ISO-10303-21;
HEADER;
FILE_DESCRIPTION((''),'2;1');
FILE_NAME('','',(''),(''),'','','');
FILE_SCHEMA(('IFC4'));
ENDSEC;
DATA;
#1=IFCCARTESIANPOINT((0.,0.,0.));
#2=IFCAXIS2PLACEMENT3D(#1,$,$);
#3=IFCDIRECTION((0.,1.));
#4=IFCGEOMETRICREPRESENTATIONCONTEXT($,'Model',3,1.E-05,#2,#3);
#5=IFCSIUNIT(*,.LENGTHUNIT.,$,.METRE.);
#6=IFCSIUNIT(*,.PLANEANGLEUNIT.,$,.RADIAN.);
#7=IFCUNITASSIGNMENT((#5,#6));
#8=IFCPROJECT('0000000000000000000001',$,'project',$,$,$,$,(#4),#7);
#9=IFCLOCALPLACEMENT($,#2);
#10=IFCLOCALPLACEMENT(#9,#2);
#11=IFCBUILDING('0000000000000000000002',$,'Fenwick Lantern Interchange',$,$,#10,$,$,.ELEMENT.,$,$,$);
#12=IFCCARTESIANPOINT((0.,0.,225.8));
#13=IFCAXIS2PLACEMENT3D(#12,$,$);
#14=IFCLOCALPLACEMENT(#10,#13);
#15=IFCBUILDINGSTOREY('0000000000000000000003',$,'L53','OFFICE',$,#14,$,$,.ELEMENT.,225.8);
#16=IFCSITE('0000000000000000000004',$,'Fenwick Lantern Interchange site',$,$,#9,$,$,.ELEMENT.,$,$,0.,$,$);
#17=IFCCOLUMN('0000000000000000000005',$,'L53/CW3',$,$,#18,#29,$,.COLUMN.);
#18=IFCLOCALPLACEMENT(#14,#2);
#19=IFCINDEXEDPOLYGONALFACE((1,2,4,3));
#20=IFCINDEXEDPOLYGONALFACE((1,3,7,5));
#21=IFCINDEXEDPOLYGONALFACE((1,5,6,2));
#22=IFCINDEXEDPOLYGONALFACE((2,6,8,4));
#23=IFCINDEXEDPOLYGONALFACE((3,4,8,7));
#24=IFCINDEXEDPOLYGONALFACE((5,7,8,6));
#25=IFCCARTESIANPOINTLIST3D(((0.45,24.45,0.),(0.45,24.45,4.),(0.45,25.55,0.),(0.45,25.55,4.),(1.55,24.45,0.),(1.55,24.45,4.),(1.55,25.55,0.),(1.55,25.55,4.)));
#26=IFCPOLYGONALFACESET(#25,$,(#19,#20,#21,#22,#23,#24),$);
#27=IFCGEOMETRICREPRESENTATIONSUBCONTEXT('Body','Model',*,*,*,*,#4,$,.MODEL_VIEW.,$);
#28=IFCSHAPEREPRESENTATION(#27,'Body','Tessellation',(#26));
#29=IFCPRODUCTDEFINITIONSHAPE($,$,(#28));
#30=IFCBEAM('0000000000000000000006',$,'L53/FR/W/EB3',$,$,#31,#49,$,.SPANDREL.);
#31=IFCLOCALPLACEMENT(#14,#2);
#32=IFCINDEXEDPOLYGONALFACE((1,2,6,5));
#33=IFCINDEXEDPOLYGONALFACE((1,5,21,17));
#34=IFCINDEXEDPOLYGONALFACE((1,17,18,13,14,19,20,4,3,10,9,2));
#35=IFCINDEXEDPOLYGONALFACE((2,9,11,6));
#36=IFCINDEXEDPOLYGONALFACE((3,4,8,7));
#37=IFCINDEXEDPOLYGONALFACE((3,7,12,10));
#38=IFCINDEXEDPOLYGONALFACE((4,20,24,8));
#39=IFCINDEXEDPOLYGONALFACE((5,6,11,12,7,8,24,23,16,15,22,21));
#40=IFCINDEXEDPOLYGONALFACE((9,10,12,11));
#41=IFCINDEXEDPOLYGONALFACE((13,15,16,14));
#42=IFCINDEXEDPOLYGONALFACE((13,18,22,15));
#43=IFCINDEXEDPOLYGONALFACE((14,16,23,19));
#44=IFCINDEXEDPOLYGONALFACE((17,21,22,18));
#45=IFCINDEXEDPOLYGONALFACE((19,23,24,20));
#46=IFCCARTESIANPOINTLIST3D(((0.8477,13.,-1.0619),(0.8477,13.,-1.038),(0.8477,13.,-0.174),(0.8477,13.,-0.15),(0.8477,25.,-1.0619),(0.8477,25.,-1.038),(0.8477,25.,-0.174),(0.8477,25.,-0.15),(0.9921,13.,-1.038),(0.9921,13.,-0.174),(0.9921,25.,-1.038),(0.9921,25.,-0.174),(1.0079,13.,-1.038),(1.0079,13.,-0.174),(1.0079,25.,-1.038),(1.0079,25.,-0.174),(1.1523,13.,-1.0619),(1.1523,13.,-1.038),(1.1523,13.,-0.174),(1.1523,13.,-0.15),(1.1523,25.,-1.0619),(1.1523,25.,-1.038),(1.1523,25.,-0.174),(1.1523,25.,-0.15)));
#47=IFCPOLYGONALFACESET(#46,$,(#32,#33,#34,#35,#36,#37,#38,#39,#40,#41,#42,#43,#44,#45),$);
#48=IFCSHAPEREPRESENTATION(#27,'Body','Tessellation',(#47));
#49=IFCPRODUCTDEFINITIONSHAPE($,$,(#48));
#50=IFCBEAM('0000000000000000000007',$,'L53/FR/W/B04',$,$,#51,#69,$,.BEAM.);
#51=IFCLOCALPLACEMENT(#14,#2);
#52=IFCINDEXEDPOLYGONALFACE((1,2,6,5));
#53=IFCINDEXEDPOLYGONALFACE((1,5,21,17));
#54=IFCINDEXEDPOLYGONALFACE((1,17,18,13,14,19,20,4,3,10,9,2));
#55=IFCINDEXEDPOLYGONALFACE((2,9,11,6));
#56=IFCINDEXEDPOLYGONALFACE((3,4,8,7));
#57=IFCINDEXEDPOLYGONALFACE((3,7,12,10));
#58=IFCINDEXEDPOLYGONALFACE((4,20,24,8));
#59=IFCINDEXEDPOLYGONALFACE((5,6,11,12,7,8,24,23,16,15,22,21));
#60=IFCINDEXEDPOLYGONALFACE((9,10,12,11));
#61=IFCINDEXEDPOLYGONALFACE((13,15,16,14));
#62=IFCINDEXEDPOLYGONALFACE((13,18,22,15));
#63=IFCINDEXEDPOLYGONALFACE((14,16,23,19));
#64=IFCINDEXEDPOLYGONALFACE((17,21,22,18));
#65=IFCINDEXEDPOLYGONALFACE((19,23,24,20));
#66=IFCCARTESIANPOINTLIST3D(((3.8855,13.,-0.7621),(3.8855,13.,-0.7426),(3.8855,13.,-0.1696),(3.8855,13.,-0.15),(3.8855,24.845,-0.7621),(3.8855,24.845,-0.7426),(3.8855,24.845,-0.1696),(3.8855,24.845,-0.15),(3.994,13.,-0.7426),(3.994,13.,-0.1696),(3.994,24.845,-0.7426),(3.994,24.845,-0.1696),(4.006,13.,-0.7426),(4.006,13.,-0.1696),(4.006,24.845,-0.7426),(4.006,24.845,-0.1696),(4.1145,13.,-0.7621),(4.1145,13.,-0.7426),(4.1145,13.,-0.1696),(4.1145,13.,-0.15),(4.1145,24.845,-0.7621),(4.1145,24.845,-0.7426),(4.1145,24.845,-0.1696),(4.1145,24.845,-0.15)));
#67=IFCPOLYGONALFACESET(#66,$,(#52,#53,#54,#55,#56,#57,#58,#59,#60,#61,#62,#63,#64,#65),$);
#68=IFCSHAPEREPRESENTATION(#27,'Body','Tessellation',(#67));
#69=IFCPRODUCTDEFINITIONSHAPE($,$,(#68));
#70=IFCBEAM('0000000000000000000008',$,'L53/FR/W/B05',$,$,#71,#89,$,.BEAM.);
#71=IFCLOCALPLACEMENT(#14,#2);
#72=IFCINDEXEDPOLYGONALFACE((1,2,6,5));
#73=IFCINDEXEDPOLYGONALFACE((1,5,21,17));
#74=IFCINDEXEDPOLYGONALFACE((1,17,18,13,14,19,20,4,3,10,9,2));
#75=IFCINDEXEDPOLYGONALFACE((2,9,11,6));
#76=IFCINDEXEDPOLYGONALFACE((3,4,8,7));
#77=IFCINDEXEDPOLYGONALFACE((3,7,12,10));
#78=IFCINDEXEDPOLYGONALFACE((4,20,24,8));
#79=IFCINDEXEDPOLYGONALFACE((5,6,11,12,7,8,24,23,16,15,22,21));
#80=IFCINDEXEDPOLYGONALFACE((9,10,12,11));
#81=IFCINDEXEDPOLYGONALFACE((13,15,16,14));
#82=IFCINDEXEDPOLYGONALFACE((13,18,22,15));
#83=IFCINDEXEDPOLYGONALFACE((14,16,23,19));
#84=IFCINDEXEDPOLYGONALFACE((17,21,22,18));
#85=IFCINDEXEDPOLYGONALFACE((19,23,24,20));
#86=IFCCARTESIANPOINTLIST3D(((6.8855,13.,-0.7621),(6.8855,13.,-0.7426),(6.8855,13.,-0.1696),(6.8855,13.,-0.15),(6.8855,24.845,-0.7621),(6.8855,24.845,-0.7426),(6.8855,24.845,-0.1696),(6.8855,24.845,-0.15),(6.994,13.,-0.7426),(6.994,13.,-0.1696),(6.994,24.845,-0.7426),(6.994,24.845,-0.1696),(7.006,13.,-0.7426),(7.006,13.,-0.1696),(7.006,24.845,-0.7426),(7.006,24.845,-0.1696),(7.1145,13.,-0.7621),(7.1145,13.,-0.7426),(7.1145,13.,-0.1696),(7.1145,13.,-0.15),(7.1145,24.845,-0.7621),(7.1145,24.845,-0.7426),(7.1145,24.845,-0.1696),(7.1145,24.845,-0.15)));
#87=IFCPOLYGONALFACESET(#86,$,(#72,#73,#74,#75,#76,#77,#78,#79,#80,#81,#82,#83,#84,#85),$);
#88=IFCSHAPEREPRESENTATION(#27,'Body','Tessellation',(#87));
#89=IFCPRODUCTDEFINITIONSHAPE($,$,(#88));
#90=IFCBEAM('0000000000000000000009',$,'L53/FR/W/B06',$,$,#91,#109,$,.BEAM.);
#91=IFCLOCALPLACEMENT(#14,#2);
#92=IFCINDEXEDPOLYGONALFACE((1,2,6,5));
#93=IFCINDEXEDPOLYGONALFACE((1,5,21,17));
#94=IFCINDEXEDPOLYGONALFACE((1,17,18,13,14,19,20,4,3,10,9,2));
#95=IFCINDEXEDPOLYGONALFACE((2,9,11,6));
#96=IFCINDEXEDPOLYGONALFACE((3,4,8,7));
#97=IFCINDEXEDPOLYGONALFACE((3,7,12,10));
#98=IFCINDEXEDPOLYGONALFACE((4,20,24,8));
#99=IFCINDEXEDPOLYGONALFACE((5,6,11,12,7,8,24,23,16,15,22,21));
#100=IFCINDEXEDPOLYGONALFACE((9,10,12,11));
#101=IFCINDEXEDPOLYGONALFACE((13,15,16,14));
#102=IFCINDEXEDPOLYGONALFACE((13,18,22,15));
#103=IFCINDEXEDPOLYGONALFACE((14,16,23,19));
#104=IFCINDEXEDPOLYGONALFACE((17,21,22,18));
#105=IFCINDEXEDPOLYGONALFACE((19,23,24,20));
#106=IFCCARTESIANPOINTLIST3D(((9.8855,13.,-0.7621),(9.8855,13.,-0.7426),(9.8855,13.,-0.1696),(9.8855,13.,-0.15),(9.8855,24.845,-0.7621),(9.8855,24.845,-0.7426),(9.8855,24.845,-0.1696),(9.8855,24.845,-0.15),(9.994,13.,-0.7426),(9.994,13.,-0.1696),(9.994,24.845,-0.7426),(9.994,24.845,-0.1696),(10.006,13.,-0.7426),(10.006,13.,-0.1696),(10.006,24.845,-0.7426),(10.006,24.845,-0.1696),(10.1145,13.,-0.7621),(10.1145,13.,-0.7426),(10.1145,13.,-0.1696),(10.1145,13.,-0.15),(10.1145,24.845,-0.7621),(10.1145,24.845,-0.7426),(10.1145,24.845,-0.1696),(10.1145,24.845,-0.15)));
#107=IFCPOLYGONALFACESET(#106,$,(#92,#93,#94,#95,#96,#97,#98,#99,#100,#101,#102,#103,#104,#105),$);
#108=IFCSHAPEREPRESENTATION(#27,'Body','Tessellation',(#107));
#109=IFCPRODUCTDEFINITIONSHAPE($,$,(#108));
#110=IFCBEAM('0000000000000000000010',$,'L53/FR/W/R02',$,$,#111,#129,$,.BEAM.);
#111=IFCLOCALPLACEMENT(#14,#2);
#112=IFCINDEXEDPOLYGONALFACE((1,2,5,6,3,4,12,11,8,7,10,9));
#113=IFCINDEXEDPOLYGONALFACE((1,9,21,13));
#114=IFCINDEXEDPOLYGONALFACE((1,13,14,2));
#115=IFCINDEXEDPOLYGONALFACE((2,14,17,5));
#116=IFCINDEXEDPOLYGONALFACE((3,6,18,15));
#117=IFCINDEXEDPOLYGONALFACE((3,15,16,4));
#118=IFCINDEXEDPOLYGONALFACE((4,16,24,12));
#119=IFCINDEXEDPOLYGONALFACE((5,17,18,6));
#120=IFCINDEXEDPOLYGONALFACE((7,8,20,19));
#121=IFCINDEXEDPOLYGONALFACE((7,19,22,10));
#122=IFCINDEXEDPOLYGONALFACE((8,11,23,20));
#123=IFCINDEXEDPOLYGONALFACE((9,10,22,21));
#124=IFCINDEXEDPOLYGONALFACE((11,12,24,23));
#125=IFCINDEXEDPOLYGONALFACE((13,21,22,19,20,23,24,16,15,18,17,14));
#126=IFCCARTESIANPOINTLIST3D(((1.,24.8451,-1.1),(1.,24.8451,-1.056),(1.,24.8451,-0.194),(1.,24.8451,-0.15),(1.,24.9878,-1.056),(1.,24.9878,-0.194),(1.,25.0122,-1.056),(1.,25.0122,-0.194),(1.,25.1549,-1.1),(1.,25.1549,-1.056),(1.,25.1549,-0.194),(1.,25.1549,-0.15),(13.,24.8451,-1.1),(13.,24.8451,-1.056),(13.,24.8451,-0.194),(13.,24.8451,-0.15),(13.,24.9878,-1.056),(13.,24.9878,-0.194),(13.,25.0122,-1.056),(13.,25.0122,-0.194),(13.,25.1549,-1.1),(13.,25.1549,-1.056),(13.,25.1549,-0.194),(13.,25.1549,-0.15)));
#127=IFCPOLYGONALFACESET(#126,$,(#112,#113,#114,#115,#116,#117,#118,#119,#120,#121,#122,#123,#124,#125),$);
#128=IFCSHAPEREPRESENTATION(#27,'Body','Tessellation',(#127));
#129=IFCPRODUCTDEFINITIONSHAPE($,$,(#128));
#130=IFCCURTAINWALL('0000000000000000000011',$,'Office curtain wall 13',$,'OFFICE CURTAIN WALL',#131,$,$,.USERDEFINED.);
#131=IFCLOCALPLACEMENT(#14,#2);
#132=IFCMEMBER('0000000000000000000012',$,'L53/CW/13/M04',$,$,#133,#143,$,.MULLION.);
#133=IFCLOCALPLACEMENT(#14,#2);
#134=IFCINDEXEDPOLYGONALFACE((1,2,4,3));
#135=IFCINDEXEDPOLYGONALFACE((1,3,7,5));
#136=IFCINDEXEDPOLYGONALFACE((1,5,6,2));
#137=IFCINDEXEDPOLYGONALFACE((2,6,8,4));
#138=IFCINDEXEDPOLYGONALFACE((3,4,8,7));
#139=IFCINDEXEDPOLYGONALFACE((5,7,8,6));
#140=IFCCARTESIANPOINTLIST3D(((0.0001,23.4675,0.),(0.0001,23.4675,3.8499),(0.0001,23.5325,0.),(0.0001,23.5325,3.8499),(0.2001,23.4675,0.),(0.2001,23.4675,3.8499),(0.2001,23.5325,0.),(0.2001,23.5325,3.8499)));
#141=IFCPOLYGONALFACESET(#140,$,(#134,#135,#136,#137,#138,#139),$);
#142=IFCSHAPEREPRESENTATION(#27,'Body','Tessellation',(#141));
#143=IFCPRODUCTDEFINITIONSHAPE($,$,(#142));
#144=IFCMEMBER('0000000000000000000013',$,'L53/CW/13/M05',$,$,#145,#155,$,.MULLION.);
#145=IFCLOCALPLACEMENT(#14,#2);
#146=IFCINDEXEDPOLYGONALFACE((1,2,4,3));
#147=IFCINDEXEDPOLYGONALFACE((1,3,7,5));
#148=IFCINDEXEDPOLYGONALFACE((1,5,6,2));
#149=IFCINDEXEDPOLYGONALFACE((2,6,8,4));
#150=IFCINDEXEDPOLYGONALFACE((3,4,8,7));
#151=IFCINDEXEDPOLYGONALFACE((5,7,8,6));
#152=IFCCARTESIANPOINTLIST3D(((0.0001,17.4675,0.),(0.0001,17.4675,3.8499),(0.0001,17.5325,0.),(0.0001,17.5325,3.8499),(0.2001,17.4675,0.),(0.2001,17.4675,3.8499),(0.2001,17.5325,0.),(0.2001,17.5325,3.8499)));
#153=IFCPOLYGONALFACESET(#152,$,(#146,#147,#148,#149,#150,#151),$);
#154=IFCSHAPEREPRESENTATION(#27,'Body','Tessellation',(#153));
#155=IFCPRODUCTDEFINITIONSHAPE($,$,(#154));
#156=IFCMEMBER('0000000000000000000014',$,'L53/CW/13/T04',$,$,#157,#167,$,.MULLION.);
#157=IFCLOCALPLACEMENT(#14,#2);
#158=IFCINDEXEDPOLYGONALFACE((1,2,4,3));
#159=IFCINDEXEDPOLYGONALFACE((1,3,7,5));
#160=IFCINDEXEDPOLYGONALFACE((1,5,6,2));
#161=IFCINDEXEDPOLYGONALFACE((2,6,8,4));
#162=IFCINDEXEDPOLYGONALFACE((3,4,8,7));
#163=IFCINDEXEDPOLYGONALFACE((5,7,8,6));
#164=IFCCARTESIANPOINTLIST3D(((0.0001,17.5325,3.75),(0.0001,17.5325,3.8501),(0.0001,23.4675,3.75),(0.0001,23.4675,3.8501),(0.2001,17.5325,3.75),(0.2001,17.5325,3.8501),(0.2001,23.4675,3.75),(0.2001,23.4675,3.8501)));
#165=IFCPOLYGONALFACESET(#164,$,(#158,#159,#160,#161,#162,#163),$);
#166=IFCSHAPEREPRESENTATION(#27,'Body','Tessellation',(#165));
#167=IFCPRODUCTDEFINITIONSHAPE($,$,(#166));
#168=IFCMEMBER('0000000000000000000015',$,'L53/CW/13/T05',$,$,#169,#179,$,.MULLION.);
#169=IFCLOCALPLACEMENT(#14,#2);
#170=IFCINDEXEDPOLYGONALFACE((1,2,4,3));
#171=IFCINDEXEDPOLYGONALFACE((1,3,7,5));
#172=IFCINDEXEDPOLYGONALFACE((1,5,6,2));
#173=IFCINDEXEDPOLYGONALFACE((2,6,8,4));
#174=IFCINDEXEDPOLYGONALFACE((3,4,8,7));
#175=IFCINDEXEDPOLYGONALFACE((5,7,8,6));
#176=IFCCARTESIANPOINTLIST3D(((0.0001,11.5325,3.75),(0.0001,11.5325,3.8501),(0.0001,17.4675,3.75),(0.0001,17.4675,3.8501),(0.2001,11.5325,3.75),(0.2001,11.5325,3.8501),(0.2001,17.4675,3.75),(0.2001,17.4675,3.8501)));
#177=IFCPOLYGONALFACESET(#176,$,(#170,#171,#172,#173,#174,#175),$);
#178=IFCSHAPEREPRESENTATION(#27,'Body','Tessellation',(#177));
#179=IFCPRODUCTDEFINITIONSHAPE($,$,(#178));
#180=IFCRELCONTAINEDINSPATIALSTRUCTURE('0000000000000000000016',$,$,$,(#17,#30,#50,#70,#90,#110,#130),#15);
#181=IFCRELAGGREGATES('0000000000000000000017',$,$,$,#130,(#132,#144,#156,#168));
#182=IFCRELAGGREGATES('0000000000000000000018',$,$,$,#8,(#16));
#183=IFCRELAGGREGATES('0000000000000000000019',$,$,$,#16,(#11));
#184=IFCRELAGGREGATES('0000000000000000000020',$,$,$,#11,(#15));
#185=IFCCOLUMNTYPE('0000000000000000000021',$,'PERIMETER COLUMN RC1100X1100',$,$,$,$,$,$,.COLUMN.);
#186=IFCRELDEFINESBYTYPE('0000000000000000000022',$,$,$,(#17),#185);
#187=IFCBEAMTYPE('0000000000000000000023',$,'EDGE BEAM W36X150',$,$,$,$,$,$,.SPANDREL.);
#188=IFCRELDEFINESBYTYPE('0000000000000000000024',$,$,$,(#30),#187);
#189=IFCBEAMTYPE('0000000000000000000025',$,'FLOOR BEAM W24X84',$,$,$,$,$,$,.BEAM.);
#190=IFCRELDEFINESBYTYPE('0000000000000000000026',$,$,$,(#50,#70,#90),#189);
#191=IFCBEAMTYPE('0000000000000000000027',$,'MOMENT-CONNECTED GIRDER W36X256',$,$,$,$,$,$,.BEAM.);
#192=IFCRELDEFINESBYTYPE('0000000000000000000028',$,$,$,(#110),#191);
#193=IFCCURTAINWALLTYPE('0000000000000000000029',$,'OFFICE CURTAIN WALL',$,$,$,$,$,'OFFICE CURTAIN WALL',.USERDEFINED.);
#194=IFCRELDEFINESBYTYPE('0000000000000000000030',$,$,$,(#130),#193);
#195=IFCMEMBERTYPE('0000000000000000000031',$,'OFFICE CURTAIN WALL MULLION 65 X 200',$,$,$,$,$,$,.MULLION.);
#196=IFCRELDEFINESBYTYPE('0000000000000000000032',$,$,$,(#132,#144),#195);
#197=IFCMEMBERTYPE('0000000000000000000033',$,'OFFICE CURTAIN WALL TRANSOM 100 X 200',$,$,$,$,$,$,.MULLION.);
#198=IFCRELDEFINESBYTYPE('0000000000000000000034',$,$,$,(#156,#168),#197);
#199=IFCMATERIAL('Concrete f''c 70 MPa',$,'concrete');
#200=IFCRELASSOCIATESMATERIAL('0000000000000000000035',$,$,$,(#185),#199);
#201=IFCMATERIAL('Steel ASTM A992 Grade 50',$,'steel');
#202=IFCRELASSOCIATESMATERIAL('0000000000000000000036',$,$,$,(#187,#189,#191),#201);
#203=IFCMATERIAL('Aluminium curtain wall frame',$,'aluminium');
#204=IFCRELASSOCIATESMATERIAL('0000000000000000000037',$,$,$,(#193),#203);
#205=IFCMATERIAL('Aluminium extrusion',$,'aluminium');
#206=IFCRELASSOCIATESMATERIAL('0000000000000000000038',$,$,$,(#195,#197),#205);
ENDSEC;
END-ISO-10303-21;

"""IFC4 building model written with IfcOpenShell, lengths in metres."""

from ifc_helpers import new_model, si_unit, direction, frame, origin, origin_2d, place, context, subcontext, project, spatial, rectangle, i_section, extrude, material, material_profile, profile_set, type_object, element, aggregate, save


model = new_model("IFC4")

# Units and contexts
model_context = context("Model", 3, precision=1e-05, world=origin(), true_north=direction((0.0, 1.0)))
body_context = subcontext(model_context, "Body", "Model", "MODEL_VIEW")
ifc_project = project(units=[si_unit("LENGTHUNIT", "METRE"), si_unit("PLANEANGLEUNIT", "RADIAN")], contexts=[model_context])

# Site, building, storey
site_placement = place(None, origin())
site = spatial("IfcSite", under=ifc_project, at=site_placement, Name="Fenwick Lantern Interchange site", CompositionType="ELEMENT", RefElevation=0.0)
building_placement = place(site_placement, origin())
building = spatial("IfcBuilding", under=site, at=building_placement, Name="Fenwick Lantern Interchange", CompositionType="ELEMENT")
storey_placement = place(building_placement, frame((0.0, 0.0, 225.8)))
storey = spatial("IfcBuildingStorey", under=building, at=storey_placement, Name="L53", Description="OFFICE", CompositionType="ELEMENT", Elevation=225.8)

# Column
ifc_material_1 = material(Name="Concrete f'c 70 MPa", Category="concrete")
ifc_material_profile_1 = material_profile(ifc_material_1, rectangle(XDim=1.1001, YDim=1.1001, at=origin_2d()), Name="RC1100X1100")
ifc_profile_set_1 = profile_set([ifc_material_profile_1], Name="Concrete f'c 70 MPa")
column_type = type_object("IfcColumnType", Name="PERIMETER COLUMN RC1100X1100", PredefinedType="COLUMN", material=ifc_profile_set_1)
column_placement = place(storey_placement, frame((1.0, 25.0, 0.0), z_axis=(0.0, 0.0, 1.0), x_axis=(1.0, 0.0, 0.0)))
element("IfcColumn", 1, at=column_placement, inside=storey, type_object=column_type, Name="L53/CW3", PredefinedType="COLUMN", context=body_context, shape_type="SweptSolid", body=[
    extrude(rectangle(XDim=1.1001, YDim=1.1001, at=origin_2d()), origin(), (0.0, 0.0, 1.0), 4.0),
])

# Beams
ifc_material_2 = material(Name="Steel ASTM A992 Grade 50", Category="steel")
ifc_material_profile_2 = material_profile(ifc_material_2, i_section(OverallWidth=0.3047, OverallDepth=0.9119, WebThickness=0.0159, FlangeThickness=0.0239, at=origin_2d()), Name="W36X150")
ifc_profile_set_2 = profile_set([ifc_material_profile_2], Name="Steel ASTM A992 Grade 50")
beam_type_1 = type_object("IfcBeamType", Name="EDGE BEAM W36X150", PredefinedType="SPANDREL", material=ifc_profile_set_2)
beam_1_placement = place(storey_placement, frame((1.0, 25.0, -0.606), z_axis=(0.0, -1.0, 0.0), x_axis=(1.0, 0.0, 0.0)))
element("IfcBeam", 2, at=beam_1_placement, inside=storey, type_object=beam_type_1, Name="L53/FR/W/EB3", PredefinedType="SPANDREL", context=body_context, shape_type="SweptSolid", body=[
    extrude(i_section(OverallWidth=0.3047, OverallDepth=0.9119, WebThickness=0.0159, FlangeThickness=0.0239, at=origin_2d()), origin(), (0.0, 0.0, 1.0), 12.0),
])
ifc_material_profile_3 = material_profile(ifc_material_2, i_section(OverallWidth=0.229, OverallDepth=0.6121, WebThickness=0.012, FlangeThickness=0.0195, at=origin_2d()), Name="W24X84")
ifc_profile_set_3 = profile_set([ifc_material_profile_3], Name="Steel ASTM A992 Grade 50")
beam_type_2 = type_object("IfcBeamType", Name="FLOOR BEAM W24X84", PredefinedType="BEAM", material=ifc_profile_set_3)
for number, where, z_axis, x_axis, name in (
    (3, (4.0, 24.845, -0.4561), (0.0, -1.0, 0.0), (1.0, 0.0, 0.0), "L53/FR/W/B04"),
    (4, (7.0, 24.845, -0.4561), (0.0, -1.0, 0.0), (1.0, 0.0, 0.0), "L53/FR/W/B05"),
    (5, (10.0, 24.845, -0.4561), (0.0, -1.0, 0.0), (1.0, 0.0, 0.0), "L53/FR/W/B06"),
):
    element("IfcBeam", number, at=place(storey_placement, frame(where, z_axis=z_axis, x_axis=x_axis)), inside=storey, type_object=beam_type_2, Name=name, PredefinedType="BEAM", context=body_context, shape_type="SweptSolid", body=[
        extrude(i_section(OverallWidth=0.229, OverallDepth=0.6121, WebThickness=0.012, FlangeThickness=0.0195, at=origin_2d()), origin(), (0.0, 0.0, 1.0), 11.845),
    ])
ifc_material_profile_4 = material_profile(ifc_material_2, i_section(OverallWidth=0.3098, OverallDepth=0.95, WebThickness=0.0244, FlangeThickness=0.0439, at=origin_2d()), Name="W36X256")
ifc_profile_set_4 = profile_set([ifc_material_profile_4], Name="Steel ASTM A992 Grade 50")
beam_type_3 = type_object("IfcBeamType", Name="MOMENT-CONNECTED GIRDER W36X256", PredefinedType="BEAM", material=ifc_profile_set_4)
beam_2_placement = place(storey_placement, frame((1.0, 25.0, -0.625), z_axis=(1.0, 0.0, 0.0), x_axis=(0.0, 1.0, 0.0)))
element("IfcBeam", 6, at=beam_2_placement, inside=storey, type_object=beam_type_3, Name="L53/FR/W/R02", PredefinedType="BEAM", context=body_context, shape_type="SweptSolid", body=[
    extrude(i_section(OverallWidth=0.3098, OverallDepth=0.95, WebThickness=0.0244, FlangeThickness=0.0439, at=origin_2d()), origin(), (0.0, 0.0, 1.0), 12.0),
])

# Curtain wall, members
ifc_material_3 = material(Name="Aluminium curtain wall frame", Category="aluminium")
curtain_wall_type = type_object("IfcCurtainWallType", Name="OFFICE CURTAIN WALL", ElementType="OFFICE CURTAIN WALL", PredefinedType="USERDEFINED", material=ifc_material_3)
curtain_wall_placement = place(storey_placement, origin())
curtain_wall = element("IfcCurtainWall", 7, at=curtain_wall_placement, inside=storey, type_object=curtain_wall_type, Name="Office curtain wall 13", ObjectType="OFFICE CURTAIN WALL", PredefinedType="USERDEFINED")
ifc_material_4 = material(Name="Aluminium extrusion", Category="aluminium")
ifc_material_profile_5 = material_profile(ifc_material_4, rectangle(XDim=0.2, YDim=0.0649, at=origin_2d()), Name="OFFICE CURTAIN WALL MULLION 65 X 200")
ifc_profile_set_5 = profile_set([ifc_material_profile_5], Name="Aluminium extrusion")
member_type_1 = type_object("IfcMemberType", Name="OFFICE CURTAIN WALL MULLION 65 X 200", PredefinedType="MULLION", material=ifc_profile_set_5)
member_1_placement = place(storey_placement, frame((0.1001, 23.5, 0.0), z_axis=(0.0, 0.0, 1.0), x_axis=(1.0, 0.0, 0.0)))
member_1 = element("IfcMember", 8, at=member_1_placement, type_object=member_type_1, Name="L53/CW/13/M04", PredefinedType="MULLION", context=body_context, shape_type="SweptSolid", body=[
    extrude(rectangle(XDim=0.2, YDim=0.0649, at=origin_2d()), origin(), (0.0, 0.0, 1.0), 3.8499),
])
member_2_placement = place(storey_placement, frame((0.1001, 17.5, 0.0), z_axis=(0.0, 0.0, 1.0), x_axis=(1.0, 0.0, 0.0)))
member_2 = element("IfcMember", 9, at=member_2_placement, type_object=member_type_1, Name="L53/CW/13/M05", PredefinedType="MULLION", context=body_context, shape_type="SweptSolid", body=[
    extrude(rectangle(XDim=0.2, YDim=0.0649, at=origin_2d()), origin(), (0.0, 0.0, 1.0), 3.8499),
])
ifc_material_profile_6 = material_profile(ifc_material_4, rectangle(XDim=0.2, YDim=0.1001, at=origin_2d()), Name="OFFICE CURTAIN WALL TRANSOM 100 X 200")
ifc_profile_set_6 = profile_set([ifc_material_profile_6], Name="Aluminium extrusion")
member_type_2 = type_object("IfcMemberType", Name="OFFICE CURTAIN WALL TRANSOM 100 X 200", PredefinedType="MULLION", material=ifc_profile_set_6)
member_3_placement = place(storey_placement, frame((0.1001, 23.4675, 3.8), z_axis=(0.0, -1.0, 0.0), x_axis=(1.0, 0.0, 0.0)))
member_3 = element("IfcMember", 10, at=member_3_placement, type_object=member_type_2, Name="L53/CW/13/T04", PredefinedType="MULLION", context=body_context, shape_type="SweptSolid", body=[
    extrude(rectangle(XDim=0.2, YDim=0.1001, at=origin_2d()), origin(), (0.0, 0.0, 1.0), 5.9351),
])
member_4_placement = place(storey_placement, frame((0.1001, 17.4675, 3.8), z_axis=(0.0, -1.0, 0.0), x_axis=(1.0, 0.0, 0.0)))
member_4 = element("IfcMember", 11, at=member_4_placement, type_object=member_type_2, Name="L53/CW/13/T05", PredefinedType="MULLION", context=body_context, shape_type="SweptSolid", body=[
    extrude(rectangle(XDim=0.2, YDim=0.1001, at=origin_2d()), origin(), (0.0, 0.0, 1.0), 5.9351),
])
aggregate(curtain_wall, [member_1, member_2, member_3, member_4])

save(model, "model.ifc")
